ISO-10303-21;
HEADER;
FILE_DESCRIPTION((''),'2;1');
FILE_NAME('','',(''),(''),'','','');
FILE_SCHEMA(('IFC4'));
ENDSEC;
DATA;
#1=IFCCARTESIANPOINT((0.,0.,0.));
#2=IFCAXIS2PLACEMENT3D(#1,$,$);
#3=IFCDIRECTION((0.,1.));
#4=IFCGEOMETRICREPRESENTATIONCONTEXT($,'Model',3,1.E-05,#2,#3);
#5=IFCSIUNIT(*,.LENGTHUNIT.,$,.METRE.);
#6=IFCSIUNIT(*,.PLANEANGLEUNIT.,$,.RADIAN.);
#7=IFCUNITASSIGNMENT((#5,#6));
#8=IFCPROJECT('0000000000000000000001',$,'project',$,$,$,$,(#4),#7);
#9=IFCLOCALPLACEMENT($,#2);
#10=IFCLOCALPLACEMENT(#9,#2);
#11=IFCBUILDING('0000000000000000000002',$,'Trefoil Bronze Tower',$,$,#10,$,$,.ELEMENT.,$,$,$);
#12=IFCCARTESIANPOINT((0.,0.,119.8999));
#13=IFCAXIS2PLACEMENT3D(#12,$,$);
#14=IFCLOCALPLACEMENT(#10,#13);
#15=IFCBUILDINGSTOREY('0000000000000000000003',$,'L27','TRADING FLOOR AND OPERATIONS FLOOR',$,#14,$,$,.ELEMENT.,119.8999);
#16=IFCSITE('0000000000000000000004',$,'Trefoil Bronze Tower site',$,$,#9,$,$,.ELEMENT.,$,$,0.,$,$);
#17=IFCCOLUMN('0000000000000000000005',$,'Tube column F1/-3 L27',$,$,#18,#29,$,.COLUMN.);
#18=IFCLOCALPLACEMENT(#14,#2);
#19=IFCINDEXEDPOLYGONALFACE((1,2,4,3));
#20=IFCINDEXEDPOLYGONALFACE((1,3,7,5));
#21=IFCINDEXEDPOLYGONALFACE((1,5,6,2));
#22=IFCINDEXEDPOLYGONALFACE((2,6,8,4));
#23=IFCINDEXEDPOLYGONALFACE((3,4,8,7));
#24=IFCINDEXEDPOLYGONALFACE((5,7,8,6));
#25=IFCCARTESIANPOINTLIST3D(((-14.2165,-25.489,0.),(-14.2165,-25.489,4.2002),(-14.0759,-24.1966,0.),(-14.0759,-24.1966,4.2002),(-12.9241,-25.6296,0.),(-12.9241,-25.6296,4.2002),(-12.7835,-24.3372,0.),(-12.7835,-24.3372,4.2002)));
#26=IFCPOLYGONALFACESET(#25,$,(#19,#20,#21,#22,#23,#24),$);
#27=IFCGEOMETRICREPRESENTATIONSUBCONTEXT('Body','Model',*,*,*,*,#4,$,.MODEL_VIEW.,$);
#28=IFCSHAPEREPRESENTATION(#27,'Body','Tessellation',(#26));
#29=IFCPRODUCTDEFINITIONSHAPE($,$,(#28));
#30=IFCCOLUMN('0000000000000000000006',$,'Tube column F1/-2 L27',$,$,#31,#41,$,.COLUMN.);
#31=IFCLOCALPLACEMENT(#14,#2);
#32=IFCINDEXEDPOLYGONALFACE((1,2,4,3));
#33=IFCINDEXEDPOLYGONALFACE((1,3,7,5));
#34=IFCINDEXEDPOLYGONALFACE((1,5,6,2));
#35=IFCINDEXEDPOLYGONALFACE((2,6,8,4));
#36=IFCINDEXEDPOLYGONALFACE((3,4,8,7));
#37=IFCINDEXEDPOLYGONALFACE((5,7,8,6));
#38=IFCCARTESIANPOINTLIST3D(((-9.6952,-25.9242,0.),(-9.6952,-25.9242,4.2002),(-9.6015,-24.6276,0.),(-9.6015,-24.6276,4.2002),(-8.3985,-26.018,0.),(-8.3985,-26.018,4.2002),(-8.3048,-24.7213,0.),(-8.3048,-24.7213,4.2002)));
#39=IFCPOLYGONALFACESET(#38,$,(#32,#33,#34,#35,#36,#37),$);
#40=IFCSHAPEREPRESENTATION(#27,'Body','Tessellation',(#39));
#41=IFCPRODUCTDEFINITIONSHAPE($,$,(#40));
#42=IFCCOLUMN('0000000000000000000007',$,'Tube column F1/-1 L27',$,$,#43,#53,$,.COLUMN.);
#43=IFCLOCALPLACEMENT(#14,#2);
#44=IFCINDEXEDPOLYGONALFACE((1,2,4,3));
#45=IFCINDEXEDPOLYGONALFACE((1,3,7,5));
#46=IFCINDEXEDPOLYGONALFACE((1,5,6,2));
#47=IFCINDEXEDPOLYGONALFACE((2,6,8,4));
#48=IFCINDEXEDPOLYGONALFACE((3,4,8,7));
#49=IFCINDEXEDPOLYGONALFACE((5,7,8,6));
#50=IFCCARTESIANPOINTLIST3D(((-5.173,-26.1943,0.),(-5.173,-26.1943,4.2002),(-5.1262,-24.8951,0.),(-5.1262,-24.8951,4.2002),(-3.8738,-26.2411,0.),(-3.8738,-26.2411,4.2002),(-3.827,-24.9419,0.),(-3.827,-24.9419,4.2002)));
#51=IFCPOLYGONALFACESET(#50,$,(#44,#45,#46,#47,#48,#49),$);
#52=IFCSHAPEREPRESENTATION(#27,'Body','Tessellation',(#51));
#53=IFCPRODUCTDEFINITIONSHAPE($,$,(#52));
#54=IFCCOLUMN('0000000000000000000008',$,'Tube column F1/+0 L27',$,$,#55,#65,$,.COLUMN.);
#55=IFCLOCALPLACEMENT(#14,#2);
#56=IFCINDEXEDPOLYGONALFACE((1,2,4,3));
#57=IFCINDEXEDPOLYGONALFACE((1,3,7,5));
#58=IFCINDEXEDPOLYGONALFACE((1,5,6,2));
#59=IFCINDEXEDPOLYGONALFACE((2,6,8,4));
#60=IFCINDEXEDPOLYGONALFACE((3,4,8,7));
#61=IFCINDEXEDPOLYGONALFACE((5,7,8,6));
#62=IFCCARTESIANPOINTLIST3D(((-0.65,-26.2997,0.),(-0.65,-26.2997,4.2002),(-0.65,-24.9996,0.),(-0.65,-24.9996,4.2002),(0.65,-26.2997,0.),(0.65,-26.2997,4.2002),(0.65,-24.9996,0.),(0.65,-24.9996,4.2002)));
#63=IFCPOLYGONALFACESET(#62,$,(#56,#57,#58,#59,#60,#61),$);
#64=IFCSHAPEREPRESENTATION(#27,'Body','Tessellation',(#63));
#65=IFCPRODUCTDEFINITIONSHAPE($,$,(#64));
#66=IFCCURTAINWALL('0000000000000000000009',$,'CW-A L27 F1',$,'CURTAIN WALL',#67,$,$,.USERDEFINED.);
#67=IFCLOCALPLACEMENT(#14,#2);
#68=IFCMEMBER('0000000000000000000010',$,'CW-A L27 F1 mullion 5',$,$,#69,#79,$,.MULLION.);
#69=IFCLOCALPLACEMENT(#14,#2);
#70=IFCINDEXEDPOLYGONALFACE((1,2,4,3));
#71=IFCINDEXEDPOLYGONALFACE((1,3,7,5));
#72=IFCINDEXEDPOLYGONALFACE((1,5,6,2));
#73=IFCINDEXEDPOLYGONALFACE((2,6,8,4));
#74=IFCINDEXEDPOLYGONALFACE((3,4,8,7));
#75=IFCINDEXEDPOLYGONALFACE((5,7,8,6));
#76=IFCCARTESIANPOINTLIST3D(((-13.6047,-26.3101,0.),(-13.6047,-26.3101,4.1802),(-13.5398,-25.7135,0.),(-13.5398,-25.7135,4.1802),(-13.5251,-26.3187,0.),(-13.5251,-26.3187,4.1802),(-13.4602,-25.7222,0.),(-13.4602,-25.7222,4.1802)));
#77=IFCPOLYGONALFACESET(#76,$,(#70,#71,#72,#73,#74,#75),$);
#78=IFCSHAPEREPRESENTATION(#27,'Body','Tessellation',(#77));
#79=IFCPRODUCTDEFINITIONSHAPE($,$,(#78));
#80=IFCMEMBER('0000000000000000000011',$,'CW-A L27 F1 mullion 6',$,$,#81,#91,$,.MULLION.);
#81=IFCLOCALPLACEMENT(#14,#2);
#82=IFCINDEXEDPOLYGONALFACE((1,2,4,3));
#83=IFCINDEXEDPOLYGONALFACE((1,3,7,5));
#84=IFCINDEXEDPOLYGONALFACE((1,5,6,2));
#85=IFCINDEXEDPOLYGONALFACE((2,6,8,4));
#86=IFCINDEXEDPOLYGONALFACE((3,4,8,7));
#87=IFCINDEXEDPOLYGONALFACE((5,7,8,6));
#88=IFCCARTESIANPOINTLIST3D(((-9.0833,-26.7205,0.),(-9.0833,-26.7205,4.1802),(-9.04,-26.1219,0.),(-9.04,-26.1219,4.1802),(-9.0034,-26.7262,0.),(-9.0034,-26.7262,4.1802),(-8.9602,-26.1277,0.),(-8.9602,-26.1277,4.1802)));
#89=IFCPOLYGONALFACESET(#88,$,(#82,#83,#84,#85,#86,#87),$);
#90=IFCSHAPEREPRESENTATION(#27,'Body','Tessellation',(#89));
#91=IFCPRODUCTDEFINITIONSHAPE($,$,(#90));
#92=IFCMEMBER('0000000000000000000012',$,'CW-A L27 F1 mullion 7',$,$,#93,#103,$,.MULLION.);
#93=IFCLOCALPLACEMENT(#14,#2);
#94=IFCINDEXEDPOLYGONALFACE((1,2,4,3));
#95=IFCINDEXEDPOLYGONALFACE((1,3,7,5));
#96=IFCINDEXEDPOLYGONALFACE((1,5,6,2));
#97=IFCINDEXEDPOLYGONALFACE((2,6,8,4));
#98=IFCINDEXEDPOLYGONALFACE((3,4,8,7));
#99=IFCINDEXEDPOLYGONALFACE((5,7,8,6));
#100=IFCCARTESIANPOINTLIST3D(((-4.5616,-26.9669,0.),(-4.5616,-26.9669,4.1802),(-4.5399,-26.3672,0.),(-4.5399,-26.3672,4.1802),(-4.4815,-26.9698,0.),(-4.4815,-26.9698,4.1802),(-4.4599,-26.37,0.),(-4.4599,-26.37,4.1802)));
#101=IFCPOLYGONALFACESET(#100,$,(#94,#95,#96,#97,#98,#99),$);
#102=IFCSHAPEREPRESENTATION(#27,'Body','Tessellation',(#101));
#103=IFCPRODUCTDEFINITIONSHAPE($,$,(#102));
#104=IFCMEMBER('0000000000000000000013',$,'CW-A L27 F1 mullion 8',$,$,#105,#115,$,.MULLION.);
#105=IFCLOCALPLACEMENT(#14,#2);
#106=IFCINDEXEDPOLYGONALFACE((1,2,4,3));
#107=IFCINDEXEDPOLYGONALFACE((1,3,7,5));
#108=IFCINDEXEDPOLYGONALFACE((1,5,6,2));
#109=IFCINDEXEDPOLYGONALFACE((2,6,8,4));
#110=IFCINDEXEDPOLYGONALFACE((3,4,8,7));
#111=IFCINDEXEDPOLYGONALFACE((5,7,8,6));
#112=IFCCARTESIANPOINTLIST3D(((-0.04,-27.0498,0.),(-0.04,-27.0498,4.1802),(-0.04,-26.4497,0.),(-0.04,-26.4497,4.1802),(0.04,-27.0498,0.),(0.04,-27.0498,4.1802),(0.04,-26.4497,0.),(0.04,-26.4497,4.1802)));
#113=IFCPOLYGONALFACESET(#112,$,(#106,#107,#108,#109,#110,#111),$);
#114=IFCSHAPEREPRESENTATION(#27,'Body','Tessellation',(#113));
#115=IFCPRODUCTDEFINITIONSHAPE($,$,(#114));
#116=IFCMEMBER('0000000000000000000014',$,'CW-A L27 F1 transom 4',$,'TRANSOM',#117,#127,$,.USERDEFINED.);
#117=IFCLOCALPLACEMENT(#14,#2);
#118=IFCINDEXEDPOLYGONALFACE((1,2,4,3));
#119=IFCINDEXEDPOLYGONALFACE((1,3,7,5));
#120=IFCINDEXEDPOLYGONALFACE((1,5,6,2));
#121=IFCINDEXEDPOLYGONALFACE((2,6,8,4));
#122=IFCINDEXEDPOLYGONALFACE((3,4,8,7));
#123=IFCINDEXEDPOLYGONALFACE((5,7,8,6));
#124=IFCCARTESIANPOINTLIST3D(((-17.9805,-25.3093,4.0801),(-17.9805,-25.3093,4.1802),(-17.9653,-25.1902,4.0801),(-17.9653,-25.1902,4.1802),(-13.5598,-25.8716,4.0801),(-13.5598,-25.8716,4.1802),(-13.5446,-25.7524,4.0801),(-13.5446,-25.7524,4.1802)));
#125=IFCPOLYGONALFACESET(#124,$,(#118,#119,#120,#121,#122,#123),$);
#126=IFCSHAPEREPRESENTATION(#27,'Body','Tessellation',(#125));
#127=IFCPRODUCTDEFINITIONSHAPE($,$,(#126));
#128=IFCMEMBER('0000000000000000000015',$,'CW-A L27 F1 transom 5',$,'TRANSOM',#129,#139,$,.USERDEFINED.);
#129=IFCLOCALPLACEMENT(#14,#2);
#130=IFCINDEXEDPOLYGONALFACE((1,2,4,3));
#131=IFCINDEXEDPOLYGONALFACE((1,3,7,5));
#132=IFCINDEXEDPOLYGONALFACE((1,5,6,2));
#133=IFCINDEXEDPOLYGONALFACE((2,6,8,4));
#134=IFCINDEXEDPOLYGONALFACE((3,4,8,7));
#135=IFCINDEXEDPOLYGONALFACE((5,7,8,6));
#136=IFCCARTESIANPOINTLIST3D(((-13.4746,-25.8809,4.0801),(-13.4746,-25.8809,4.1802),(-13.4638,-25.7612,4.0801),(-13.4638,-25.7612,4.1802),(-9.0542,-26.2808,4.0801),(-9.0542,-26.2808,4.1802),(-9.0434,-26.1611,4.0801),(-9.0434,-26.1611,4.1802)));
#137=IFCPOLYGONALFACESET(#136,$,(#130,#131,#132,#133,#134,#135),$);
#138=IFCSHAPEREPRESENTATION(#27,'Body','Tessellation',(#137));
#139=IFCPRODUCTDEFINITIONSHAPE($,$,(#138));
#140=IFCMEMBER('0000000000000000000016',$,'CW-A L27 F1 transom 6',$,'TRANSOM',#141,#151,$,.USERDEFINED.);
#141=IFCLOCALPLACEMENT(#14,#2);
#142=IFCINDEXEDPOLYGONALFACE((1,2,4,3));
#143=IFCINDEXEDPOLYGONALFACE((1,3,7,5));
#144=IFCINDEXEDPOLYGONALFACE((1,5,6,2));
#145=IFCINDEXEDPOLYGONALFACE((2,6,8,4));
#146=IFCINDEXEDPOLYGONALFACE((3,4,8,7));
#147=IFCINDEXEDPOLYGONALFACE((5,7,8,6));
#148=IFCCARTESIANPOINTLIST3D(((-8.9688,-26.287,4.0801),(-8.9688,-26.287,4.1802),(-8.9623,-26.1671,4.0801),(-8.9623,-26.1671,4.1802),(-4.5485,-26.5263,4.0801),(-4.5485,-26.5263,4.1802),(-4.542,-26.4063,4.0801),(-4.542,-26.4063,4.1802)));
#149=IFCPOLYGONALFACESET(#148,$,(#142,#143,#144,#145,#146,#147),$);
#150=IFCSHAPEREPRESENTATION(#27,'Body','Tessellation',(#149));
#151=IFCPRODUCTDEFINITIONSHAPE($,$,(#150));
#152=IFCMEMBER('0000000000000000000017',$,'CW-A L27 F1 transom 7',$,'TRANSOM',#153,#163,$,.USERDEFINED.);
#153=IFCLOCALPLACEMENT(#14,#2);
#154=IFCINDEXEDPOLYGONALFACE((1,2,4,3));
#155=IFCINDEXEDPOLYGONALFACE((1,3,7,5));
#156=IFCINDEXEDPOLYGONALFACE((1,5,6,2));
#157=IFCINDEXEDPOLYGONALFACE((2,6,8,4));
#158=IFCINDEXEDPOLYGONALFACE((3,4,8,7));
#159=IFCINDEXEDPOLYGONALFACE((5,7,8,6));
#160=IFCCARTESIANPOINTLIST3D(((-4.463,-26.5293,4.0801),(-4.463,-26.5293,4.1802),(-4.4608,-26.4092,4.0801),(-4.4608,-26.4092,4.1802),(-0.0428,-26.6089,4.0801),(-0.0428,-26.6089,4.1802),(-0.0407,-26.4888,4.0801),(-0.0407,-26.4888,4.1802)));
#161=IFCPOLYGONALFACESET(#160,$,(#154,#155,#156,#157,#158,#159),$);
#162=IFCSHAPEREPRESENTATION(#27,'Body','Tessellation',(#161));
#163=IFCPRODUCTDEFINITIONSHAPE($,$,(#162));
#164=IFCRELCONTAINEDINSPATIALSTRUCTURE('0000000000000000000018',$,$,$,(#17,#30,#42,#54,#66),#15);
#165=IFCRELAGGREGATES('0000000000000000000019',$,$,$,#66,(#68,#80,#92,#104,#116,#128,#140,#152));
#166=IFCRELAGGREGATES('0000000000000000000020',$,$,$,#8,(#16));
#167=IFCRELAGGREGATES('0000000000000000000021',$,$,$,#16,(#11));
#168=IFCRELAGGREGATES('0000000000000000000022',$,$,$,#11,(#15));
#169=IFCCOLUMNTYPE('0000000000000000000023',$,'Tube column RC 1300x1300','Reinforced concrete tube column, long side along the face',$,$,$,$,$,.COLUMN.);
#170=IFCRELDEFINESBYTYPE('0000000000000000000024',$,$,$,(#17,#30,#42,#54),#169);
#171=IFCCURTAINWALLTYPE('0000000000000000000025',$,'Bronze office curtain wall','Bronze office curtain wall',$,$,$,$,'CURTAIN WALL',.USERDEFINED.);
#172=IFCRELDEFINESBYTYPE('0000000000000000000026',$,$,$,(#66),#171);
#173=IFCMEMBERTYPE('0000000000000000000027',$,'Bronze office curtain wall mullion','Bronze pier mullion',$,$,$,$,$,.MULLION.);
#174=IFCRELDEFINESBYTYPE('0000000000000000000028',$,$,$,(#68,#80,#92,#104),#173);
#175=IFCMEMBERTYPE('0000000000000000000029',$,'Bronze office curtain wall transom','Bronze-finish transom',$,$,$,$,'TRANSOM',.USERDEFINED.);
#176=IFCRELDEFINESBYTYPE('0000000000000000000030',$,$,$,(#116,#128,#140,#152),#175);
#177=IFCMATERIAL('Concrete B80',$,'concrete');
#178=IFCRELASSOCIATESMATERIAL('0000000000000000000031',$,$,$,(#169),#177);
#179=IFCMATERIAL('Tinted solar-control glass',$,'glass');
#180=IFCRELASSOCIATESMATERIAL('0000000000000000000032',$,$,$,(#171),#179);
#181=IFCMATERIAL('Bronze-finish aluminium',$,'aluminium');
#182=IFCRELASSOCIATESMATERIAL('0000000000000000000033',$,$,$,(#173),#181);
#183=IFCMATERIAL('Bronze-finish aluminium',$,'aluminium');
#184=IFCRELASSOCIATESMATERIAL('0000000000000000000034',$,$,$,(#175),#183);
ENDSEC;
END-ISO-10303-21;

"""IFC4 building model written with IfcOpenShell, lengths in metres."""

from ifc_helpers import new_model, si_unit, direction, frame, origin, origin_2d, place, context, subcontext, project, spatial, rectangle, extrude, material, material_profile, profile_set, type_object, element, aggregate, save


model = new_model("IFC4")

# Units and contexts
model_context = context("Model", 3, precision=1e-05, world=origin(), true_north=direction((0.0, 1.0)))
body_context = subcontext(model_context, "Body", "Model", "MODEL_VIEW")
ifc_project = project(units=[si_unit("LENGTHUNIT", "METRE"), si_unit("PLANEANGLEUNIT", "RADIAN")], contexts=[model_context])

# Site, building, storey
site_placement = place(None, origin())
site = spatial("IfcSite", under=ifc_project, at=site_placement, Name="Trefoil Bronze Tower site", CompositionType="ELEMENT", RefElevation=0.0)
building_placement = place(site_placement, origin())
building = spatial("IfcBuilding", under=site, at=building_placement, Name="Trefoil Bronze Tower", CompositionType="ELEMENT")
storey_placement = place(building_placement, frame((0.0, 0.0, 119.8999)))
storey = spatial("IfcBuildingStorey", under=building, at=storey_placement, Name="L27", Description="TRADING FLOOR AND OPERATIONS FLOOR", CompositionType="ELEMENT", Elevation=119.8999)

# Columns
ifc_material_1 = material(Name="Concrete B80", Category="concrete")
ifc_material_profile_1 = material_profile(ifc_material_1, rectangle(XDim=1.3, YDim=1.3, at=origin_2d()), Name="RC 1300x1300")
ifc_profile_set_1 = profile_set([ifc_material_profile_1], Name="Concrete B80")
column_type = type_object("IfcColumnType", Name="Tube column RC 1300x1300", Description="Reinforced concrete tube column, long side along the face", PredefinedType="COLUMN", material=ifc_profile_set_1)
for number, where, z_axis, x_axis, name in (
    (1, (-13.5, -24.9131, 0.0), (0.0, 0.0, 1.0), (0.994135, -0.108144, 0.0), "Tube column F1/-3 L27"),
    (2, (-9.0, -25.3228, 0.0), (0.0, 0.0, 1.0), (0.997398, -0.072096, 0.0), "Tube column F1/-2 L27"),
    (3, (-4.5, -25.5681, 0.0), (0.0, 0.0, 1.0), (0.99935, -0.036048, 0.0), "Tube column F1/-1 L27"),
    (4, (0.0, -25.6497, 0.0), (0.0, 0.0, 1.0), (1.0, 0.0, 0.0), "Tube column F1/+0 L27"),
):
    element("IfcColumn", number, at=place(storey_placement, frame(where, z_axis=z_axis, x_axis=x_axis)), inside=storey, type_object=column_type, Name=name, PredefinedType="COLUMN", context=body_context, shape_type="SweptSolid", body=[
        extrude(rectangle(XDim=1.3, YDim=1.3, at=origin_2d()), origin(), (0.0, 0.0, 1.0), 4.2002),
    ])

# Curtain wall, members
ifc_material_2 = material(Name="Tinted solar-control glass", Category="glass")
curtain_wall_type = type_object("IfcCurtainWallType", Name="Bronze office curtain wall", Description="Bronze office curtain wall", ElementType="CURTAIN WALL", PredefinedType="USERDEFINED", material=ifc_material_2)
curtain_wall_placement = place(storey_placement, origin())
curtain_wall = element("IfcCurtainWall", 5, at=curtain_wall_placement, inside=storey, type_object=curtain_wall_type, Name="CW-A L27 F1", ObjectType="CURTAIN WALL", PredefinedType="USERDEFINED")
ifc_material_3 = material(Name="Bronze-finish aluminium", Category="aluminium")
ifc_material_profile_2 = material_profile(ifc_material_3, rectangle(XDim=0.6001, YDim=0.0801, at=origin_2d()), Name="CW-A mullion")
ifc_profile_set_2 = profile_set([ifc_material_profile_2], Name="Bronze-finish aluminium")
member_type_1 = type_object("IfcMemberType", Name="Bronze office curtain wall mullion", Description="Bronze pier mullion", PredefinedType="MULLION", material=ifc_profile_set_2)
member_1_placement = place(storey_placement, frame((-13.5325, -26.0161, 0.0), z_axis=(0.0, 0.0, 1.0), x_axis=(0.108144, 0.994135, 0.0)))
member_1 = element("IfcMember", 6, at=member_1_placement, type_object=member_type_1, Name="CW-A L27 F1 mullion 5", PredefinedType="MULLION", context=body_context, shape_type="SweptSolid", body=[
    extrude(rectangle(XDim=0.6001, YDim=0.0801, at=origin_2d()), origin(), (0.0, 0.0, 1.0), 4.1802),
])
member_2_placement = place(storey_placement, frame((-9.0217, -26.4241, 0.0), z_axis=(0.0, 0.0, 1.0), x_axis=(0.072096, 0.997398, 0.0)))
member_2 = element("IfcMember", 7, at=member_2_placement, type_object=member_type_1, Name="CW-A L27 F1 mullion 6", PredefinedType="MULLION", context=body_context, shape_type="SweptSolid", body=[
    extrude(rectangle(XDim=0.6001, YDim=0.0801, at=origin_2d()), origin(), (0.0, 0.0, 1.0), 4.1802),
])
member_3_placement = place(storey_placement, frame((-4.5107, -26.6685, 0.0), z_axis=(0.0, 0.0, 1.0), x_axis=(0.036048, 0.99935, 0.0)))
member_3 = element("IfcMember", 8, at=member_3_placement, type_object=member_type_1, Name="CW-A L27 F1 mullion 7", PredefinedType="MULLION", context=body_context, shape_type="SweptSolid", body=[
    extrude(rectangle(XDim=0.6001, YDim=0.0801, at=origin_2d()), origin(), (0.0, 0.0, 1.0), 4.1802),
])
member_4_placement = place(storey_placement, frame((0.0, -26.7498, 0.0), z_axis=(0.0, 0.0, 1.0), x_axis=(0.0, 1.0, 0.0)))
member_4 = element("IfcMember", 9, at=member_4_placement, type_object=member_type_1, Name="CW-A L27 F1 mullion 8", PredefinedType="MULLION", context=body_context, shape_type="SweptSolid", body=[
    extrude(rectangle(XDim=0.6001, YDim=0.0801, at=origin_2d()), origin(), (0.0, 0.0, 1.0), 4.1802),
])
ifc_material_4 = material(Name="Bronze-finish aluminium", Category="aluminium")
ifc_material_profile_3 = material_profile(ifc_material_4, rectangle(XDim=0.1201, YDim=0.1001, at=origin_2d()), Name="CW-A transom")
ifc_profile_set_3 = profile_set([ifc_material_profile_3], Name="Bronze-finish aluminium")
member_type_2 = type_object("IfcMemberType", Name="Bronze office curtain wall transom", Description="Bronze-finish transom", ElementType="TRANSOM", PredefinedType="USERDEFINED", material=ifc_profile_set_3)
member_5_placement = place(storey_placement, frame((-17.9729, -25.2498, 4.1301), z_axis=(0.992008, -0.126172, 0.0), x_axis=(0.126172, 0.992008, 0.0)))
member_5 = element("IfcMember", 10, at=member_5_placement, type_object=member_type_2, Name="CW-A L27 F1 transom 4", ObjectType="TRANSOM", PredefinedType="USERDEFINED", context=body_context, shape_type="SweptSolid", body=[
    extrude(rectangle(XDim=0.1201, YDim=0.1001, at=origin_2d()), origin(), (0.0, 0.0, 1.0), 4.4563),
])
member_6_placement = place(storey_placement, frame((-13.4692, -25.821, 4.1301), z_axis=(0.995933, -0.090099, 0.0), x_axis=(0.090099, 0.995933, 0.0)))
member_6 = element("IfcMember", 11, at=member_6_placement, type_object=member_type_2, Name="CW-A L27 F1 transom 5", ObjectType="TRANSOM", PredefinedType="USERDEFINED", context=body_context, shape_type="SweptSolid", body=[
    extrude(rectangle(XDim=0.1201, YDim=0.1001, at=origin_2d()), origin(), (0.0, 0.0, 1.0), 4.4385),
])
member_7_placement = place(storey_placement, frame((-8.9656, -26.2271, 4.1301), z_axis=(0.998538, -0.05405, 0.0), x_axis=(0.05405, 0.998538, 0.0)))
member_7 = element("IfcMember", 12, at=member_7_placement, type_object=member_type_2, Name="CW-A L27 F1 transom 6", ObjectType="TRANSOM", PredefinedType="USERDEFINED", context=body_context, shape_type="SweptSolid", body=[
    extrude(rectangle(XDim=0.1201, YDim=0.1001, at=origin_2d()), origin(), (0.0, 0.0, 1.0), 4.4268),
])
member_8_placement = place(storey_placement, frame((-4.4619, -26.4692, 4.1301), z_axis=(0.999838, -0.018003, 0.0), x_axis=(0.018003, 0.999838, 0.0)))
member_8 = element("IfcMember", 13, at=member_8_placement, type_object=member_type_2, Name="CW-A L27 F1 transom 7", ObjectType="TRANSOM", PredefinedType="USERDEFINED", context=body_context, shape_type="SweptSolid", body=[
    extrude(rectangle(XDim=0.1201, YDim=0.1001, at=origin_2d()), origin(), (0.0, 0.0, 1.0), 4.4209),
])

aggregate(curtain_wall, [member_1, member_2, member_3, member_4, member_5, member_6, member_7, member_8])

save(model, "model.ifc")
